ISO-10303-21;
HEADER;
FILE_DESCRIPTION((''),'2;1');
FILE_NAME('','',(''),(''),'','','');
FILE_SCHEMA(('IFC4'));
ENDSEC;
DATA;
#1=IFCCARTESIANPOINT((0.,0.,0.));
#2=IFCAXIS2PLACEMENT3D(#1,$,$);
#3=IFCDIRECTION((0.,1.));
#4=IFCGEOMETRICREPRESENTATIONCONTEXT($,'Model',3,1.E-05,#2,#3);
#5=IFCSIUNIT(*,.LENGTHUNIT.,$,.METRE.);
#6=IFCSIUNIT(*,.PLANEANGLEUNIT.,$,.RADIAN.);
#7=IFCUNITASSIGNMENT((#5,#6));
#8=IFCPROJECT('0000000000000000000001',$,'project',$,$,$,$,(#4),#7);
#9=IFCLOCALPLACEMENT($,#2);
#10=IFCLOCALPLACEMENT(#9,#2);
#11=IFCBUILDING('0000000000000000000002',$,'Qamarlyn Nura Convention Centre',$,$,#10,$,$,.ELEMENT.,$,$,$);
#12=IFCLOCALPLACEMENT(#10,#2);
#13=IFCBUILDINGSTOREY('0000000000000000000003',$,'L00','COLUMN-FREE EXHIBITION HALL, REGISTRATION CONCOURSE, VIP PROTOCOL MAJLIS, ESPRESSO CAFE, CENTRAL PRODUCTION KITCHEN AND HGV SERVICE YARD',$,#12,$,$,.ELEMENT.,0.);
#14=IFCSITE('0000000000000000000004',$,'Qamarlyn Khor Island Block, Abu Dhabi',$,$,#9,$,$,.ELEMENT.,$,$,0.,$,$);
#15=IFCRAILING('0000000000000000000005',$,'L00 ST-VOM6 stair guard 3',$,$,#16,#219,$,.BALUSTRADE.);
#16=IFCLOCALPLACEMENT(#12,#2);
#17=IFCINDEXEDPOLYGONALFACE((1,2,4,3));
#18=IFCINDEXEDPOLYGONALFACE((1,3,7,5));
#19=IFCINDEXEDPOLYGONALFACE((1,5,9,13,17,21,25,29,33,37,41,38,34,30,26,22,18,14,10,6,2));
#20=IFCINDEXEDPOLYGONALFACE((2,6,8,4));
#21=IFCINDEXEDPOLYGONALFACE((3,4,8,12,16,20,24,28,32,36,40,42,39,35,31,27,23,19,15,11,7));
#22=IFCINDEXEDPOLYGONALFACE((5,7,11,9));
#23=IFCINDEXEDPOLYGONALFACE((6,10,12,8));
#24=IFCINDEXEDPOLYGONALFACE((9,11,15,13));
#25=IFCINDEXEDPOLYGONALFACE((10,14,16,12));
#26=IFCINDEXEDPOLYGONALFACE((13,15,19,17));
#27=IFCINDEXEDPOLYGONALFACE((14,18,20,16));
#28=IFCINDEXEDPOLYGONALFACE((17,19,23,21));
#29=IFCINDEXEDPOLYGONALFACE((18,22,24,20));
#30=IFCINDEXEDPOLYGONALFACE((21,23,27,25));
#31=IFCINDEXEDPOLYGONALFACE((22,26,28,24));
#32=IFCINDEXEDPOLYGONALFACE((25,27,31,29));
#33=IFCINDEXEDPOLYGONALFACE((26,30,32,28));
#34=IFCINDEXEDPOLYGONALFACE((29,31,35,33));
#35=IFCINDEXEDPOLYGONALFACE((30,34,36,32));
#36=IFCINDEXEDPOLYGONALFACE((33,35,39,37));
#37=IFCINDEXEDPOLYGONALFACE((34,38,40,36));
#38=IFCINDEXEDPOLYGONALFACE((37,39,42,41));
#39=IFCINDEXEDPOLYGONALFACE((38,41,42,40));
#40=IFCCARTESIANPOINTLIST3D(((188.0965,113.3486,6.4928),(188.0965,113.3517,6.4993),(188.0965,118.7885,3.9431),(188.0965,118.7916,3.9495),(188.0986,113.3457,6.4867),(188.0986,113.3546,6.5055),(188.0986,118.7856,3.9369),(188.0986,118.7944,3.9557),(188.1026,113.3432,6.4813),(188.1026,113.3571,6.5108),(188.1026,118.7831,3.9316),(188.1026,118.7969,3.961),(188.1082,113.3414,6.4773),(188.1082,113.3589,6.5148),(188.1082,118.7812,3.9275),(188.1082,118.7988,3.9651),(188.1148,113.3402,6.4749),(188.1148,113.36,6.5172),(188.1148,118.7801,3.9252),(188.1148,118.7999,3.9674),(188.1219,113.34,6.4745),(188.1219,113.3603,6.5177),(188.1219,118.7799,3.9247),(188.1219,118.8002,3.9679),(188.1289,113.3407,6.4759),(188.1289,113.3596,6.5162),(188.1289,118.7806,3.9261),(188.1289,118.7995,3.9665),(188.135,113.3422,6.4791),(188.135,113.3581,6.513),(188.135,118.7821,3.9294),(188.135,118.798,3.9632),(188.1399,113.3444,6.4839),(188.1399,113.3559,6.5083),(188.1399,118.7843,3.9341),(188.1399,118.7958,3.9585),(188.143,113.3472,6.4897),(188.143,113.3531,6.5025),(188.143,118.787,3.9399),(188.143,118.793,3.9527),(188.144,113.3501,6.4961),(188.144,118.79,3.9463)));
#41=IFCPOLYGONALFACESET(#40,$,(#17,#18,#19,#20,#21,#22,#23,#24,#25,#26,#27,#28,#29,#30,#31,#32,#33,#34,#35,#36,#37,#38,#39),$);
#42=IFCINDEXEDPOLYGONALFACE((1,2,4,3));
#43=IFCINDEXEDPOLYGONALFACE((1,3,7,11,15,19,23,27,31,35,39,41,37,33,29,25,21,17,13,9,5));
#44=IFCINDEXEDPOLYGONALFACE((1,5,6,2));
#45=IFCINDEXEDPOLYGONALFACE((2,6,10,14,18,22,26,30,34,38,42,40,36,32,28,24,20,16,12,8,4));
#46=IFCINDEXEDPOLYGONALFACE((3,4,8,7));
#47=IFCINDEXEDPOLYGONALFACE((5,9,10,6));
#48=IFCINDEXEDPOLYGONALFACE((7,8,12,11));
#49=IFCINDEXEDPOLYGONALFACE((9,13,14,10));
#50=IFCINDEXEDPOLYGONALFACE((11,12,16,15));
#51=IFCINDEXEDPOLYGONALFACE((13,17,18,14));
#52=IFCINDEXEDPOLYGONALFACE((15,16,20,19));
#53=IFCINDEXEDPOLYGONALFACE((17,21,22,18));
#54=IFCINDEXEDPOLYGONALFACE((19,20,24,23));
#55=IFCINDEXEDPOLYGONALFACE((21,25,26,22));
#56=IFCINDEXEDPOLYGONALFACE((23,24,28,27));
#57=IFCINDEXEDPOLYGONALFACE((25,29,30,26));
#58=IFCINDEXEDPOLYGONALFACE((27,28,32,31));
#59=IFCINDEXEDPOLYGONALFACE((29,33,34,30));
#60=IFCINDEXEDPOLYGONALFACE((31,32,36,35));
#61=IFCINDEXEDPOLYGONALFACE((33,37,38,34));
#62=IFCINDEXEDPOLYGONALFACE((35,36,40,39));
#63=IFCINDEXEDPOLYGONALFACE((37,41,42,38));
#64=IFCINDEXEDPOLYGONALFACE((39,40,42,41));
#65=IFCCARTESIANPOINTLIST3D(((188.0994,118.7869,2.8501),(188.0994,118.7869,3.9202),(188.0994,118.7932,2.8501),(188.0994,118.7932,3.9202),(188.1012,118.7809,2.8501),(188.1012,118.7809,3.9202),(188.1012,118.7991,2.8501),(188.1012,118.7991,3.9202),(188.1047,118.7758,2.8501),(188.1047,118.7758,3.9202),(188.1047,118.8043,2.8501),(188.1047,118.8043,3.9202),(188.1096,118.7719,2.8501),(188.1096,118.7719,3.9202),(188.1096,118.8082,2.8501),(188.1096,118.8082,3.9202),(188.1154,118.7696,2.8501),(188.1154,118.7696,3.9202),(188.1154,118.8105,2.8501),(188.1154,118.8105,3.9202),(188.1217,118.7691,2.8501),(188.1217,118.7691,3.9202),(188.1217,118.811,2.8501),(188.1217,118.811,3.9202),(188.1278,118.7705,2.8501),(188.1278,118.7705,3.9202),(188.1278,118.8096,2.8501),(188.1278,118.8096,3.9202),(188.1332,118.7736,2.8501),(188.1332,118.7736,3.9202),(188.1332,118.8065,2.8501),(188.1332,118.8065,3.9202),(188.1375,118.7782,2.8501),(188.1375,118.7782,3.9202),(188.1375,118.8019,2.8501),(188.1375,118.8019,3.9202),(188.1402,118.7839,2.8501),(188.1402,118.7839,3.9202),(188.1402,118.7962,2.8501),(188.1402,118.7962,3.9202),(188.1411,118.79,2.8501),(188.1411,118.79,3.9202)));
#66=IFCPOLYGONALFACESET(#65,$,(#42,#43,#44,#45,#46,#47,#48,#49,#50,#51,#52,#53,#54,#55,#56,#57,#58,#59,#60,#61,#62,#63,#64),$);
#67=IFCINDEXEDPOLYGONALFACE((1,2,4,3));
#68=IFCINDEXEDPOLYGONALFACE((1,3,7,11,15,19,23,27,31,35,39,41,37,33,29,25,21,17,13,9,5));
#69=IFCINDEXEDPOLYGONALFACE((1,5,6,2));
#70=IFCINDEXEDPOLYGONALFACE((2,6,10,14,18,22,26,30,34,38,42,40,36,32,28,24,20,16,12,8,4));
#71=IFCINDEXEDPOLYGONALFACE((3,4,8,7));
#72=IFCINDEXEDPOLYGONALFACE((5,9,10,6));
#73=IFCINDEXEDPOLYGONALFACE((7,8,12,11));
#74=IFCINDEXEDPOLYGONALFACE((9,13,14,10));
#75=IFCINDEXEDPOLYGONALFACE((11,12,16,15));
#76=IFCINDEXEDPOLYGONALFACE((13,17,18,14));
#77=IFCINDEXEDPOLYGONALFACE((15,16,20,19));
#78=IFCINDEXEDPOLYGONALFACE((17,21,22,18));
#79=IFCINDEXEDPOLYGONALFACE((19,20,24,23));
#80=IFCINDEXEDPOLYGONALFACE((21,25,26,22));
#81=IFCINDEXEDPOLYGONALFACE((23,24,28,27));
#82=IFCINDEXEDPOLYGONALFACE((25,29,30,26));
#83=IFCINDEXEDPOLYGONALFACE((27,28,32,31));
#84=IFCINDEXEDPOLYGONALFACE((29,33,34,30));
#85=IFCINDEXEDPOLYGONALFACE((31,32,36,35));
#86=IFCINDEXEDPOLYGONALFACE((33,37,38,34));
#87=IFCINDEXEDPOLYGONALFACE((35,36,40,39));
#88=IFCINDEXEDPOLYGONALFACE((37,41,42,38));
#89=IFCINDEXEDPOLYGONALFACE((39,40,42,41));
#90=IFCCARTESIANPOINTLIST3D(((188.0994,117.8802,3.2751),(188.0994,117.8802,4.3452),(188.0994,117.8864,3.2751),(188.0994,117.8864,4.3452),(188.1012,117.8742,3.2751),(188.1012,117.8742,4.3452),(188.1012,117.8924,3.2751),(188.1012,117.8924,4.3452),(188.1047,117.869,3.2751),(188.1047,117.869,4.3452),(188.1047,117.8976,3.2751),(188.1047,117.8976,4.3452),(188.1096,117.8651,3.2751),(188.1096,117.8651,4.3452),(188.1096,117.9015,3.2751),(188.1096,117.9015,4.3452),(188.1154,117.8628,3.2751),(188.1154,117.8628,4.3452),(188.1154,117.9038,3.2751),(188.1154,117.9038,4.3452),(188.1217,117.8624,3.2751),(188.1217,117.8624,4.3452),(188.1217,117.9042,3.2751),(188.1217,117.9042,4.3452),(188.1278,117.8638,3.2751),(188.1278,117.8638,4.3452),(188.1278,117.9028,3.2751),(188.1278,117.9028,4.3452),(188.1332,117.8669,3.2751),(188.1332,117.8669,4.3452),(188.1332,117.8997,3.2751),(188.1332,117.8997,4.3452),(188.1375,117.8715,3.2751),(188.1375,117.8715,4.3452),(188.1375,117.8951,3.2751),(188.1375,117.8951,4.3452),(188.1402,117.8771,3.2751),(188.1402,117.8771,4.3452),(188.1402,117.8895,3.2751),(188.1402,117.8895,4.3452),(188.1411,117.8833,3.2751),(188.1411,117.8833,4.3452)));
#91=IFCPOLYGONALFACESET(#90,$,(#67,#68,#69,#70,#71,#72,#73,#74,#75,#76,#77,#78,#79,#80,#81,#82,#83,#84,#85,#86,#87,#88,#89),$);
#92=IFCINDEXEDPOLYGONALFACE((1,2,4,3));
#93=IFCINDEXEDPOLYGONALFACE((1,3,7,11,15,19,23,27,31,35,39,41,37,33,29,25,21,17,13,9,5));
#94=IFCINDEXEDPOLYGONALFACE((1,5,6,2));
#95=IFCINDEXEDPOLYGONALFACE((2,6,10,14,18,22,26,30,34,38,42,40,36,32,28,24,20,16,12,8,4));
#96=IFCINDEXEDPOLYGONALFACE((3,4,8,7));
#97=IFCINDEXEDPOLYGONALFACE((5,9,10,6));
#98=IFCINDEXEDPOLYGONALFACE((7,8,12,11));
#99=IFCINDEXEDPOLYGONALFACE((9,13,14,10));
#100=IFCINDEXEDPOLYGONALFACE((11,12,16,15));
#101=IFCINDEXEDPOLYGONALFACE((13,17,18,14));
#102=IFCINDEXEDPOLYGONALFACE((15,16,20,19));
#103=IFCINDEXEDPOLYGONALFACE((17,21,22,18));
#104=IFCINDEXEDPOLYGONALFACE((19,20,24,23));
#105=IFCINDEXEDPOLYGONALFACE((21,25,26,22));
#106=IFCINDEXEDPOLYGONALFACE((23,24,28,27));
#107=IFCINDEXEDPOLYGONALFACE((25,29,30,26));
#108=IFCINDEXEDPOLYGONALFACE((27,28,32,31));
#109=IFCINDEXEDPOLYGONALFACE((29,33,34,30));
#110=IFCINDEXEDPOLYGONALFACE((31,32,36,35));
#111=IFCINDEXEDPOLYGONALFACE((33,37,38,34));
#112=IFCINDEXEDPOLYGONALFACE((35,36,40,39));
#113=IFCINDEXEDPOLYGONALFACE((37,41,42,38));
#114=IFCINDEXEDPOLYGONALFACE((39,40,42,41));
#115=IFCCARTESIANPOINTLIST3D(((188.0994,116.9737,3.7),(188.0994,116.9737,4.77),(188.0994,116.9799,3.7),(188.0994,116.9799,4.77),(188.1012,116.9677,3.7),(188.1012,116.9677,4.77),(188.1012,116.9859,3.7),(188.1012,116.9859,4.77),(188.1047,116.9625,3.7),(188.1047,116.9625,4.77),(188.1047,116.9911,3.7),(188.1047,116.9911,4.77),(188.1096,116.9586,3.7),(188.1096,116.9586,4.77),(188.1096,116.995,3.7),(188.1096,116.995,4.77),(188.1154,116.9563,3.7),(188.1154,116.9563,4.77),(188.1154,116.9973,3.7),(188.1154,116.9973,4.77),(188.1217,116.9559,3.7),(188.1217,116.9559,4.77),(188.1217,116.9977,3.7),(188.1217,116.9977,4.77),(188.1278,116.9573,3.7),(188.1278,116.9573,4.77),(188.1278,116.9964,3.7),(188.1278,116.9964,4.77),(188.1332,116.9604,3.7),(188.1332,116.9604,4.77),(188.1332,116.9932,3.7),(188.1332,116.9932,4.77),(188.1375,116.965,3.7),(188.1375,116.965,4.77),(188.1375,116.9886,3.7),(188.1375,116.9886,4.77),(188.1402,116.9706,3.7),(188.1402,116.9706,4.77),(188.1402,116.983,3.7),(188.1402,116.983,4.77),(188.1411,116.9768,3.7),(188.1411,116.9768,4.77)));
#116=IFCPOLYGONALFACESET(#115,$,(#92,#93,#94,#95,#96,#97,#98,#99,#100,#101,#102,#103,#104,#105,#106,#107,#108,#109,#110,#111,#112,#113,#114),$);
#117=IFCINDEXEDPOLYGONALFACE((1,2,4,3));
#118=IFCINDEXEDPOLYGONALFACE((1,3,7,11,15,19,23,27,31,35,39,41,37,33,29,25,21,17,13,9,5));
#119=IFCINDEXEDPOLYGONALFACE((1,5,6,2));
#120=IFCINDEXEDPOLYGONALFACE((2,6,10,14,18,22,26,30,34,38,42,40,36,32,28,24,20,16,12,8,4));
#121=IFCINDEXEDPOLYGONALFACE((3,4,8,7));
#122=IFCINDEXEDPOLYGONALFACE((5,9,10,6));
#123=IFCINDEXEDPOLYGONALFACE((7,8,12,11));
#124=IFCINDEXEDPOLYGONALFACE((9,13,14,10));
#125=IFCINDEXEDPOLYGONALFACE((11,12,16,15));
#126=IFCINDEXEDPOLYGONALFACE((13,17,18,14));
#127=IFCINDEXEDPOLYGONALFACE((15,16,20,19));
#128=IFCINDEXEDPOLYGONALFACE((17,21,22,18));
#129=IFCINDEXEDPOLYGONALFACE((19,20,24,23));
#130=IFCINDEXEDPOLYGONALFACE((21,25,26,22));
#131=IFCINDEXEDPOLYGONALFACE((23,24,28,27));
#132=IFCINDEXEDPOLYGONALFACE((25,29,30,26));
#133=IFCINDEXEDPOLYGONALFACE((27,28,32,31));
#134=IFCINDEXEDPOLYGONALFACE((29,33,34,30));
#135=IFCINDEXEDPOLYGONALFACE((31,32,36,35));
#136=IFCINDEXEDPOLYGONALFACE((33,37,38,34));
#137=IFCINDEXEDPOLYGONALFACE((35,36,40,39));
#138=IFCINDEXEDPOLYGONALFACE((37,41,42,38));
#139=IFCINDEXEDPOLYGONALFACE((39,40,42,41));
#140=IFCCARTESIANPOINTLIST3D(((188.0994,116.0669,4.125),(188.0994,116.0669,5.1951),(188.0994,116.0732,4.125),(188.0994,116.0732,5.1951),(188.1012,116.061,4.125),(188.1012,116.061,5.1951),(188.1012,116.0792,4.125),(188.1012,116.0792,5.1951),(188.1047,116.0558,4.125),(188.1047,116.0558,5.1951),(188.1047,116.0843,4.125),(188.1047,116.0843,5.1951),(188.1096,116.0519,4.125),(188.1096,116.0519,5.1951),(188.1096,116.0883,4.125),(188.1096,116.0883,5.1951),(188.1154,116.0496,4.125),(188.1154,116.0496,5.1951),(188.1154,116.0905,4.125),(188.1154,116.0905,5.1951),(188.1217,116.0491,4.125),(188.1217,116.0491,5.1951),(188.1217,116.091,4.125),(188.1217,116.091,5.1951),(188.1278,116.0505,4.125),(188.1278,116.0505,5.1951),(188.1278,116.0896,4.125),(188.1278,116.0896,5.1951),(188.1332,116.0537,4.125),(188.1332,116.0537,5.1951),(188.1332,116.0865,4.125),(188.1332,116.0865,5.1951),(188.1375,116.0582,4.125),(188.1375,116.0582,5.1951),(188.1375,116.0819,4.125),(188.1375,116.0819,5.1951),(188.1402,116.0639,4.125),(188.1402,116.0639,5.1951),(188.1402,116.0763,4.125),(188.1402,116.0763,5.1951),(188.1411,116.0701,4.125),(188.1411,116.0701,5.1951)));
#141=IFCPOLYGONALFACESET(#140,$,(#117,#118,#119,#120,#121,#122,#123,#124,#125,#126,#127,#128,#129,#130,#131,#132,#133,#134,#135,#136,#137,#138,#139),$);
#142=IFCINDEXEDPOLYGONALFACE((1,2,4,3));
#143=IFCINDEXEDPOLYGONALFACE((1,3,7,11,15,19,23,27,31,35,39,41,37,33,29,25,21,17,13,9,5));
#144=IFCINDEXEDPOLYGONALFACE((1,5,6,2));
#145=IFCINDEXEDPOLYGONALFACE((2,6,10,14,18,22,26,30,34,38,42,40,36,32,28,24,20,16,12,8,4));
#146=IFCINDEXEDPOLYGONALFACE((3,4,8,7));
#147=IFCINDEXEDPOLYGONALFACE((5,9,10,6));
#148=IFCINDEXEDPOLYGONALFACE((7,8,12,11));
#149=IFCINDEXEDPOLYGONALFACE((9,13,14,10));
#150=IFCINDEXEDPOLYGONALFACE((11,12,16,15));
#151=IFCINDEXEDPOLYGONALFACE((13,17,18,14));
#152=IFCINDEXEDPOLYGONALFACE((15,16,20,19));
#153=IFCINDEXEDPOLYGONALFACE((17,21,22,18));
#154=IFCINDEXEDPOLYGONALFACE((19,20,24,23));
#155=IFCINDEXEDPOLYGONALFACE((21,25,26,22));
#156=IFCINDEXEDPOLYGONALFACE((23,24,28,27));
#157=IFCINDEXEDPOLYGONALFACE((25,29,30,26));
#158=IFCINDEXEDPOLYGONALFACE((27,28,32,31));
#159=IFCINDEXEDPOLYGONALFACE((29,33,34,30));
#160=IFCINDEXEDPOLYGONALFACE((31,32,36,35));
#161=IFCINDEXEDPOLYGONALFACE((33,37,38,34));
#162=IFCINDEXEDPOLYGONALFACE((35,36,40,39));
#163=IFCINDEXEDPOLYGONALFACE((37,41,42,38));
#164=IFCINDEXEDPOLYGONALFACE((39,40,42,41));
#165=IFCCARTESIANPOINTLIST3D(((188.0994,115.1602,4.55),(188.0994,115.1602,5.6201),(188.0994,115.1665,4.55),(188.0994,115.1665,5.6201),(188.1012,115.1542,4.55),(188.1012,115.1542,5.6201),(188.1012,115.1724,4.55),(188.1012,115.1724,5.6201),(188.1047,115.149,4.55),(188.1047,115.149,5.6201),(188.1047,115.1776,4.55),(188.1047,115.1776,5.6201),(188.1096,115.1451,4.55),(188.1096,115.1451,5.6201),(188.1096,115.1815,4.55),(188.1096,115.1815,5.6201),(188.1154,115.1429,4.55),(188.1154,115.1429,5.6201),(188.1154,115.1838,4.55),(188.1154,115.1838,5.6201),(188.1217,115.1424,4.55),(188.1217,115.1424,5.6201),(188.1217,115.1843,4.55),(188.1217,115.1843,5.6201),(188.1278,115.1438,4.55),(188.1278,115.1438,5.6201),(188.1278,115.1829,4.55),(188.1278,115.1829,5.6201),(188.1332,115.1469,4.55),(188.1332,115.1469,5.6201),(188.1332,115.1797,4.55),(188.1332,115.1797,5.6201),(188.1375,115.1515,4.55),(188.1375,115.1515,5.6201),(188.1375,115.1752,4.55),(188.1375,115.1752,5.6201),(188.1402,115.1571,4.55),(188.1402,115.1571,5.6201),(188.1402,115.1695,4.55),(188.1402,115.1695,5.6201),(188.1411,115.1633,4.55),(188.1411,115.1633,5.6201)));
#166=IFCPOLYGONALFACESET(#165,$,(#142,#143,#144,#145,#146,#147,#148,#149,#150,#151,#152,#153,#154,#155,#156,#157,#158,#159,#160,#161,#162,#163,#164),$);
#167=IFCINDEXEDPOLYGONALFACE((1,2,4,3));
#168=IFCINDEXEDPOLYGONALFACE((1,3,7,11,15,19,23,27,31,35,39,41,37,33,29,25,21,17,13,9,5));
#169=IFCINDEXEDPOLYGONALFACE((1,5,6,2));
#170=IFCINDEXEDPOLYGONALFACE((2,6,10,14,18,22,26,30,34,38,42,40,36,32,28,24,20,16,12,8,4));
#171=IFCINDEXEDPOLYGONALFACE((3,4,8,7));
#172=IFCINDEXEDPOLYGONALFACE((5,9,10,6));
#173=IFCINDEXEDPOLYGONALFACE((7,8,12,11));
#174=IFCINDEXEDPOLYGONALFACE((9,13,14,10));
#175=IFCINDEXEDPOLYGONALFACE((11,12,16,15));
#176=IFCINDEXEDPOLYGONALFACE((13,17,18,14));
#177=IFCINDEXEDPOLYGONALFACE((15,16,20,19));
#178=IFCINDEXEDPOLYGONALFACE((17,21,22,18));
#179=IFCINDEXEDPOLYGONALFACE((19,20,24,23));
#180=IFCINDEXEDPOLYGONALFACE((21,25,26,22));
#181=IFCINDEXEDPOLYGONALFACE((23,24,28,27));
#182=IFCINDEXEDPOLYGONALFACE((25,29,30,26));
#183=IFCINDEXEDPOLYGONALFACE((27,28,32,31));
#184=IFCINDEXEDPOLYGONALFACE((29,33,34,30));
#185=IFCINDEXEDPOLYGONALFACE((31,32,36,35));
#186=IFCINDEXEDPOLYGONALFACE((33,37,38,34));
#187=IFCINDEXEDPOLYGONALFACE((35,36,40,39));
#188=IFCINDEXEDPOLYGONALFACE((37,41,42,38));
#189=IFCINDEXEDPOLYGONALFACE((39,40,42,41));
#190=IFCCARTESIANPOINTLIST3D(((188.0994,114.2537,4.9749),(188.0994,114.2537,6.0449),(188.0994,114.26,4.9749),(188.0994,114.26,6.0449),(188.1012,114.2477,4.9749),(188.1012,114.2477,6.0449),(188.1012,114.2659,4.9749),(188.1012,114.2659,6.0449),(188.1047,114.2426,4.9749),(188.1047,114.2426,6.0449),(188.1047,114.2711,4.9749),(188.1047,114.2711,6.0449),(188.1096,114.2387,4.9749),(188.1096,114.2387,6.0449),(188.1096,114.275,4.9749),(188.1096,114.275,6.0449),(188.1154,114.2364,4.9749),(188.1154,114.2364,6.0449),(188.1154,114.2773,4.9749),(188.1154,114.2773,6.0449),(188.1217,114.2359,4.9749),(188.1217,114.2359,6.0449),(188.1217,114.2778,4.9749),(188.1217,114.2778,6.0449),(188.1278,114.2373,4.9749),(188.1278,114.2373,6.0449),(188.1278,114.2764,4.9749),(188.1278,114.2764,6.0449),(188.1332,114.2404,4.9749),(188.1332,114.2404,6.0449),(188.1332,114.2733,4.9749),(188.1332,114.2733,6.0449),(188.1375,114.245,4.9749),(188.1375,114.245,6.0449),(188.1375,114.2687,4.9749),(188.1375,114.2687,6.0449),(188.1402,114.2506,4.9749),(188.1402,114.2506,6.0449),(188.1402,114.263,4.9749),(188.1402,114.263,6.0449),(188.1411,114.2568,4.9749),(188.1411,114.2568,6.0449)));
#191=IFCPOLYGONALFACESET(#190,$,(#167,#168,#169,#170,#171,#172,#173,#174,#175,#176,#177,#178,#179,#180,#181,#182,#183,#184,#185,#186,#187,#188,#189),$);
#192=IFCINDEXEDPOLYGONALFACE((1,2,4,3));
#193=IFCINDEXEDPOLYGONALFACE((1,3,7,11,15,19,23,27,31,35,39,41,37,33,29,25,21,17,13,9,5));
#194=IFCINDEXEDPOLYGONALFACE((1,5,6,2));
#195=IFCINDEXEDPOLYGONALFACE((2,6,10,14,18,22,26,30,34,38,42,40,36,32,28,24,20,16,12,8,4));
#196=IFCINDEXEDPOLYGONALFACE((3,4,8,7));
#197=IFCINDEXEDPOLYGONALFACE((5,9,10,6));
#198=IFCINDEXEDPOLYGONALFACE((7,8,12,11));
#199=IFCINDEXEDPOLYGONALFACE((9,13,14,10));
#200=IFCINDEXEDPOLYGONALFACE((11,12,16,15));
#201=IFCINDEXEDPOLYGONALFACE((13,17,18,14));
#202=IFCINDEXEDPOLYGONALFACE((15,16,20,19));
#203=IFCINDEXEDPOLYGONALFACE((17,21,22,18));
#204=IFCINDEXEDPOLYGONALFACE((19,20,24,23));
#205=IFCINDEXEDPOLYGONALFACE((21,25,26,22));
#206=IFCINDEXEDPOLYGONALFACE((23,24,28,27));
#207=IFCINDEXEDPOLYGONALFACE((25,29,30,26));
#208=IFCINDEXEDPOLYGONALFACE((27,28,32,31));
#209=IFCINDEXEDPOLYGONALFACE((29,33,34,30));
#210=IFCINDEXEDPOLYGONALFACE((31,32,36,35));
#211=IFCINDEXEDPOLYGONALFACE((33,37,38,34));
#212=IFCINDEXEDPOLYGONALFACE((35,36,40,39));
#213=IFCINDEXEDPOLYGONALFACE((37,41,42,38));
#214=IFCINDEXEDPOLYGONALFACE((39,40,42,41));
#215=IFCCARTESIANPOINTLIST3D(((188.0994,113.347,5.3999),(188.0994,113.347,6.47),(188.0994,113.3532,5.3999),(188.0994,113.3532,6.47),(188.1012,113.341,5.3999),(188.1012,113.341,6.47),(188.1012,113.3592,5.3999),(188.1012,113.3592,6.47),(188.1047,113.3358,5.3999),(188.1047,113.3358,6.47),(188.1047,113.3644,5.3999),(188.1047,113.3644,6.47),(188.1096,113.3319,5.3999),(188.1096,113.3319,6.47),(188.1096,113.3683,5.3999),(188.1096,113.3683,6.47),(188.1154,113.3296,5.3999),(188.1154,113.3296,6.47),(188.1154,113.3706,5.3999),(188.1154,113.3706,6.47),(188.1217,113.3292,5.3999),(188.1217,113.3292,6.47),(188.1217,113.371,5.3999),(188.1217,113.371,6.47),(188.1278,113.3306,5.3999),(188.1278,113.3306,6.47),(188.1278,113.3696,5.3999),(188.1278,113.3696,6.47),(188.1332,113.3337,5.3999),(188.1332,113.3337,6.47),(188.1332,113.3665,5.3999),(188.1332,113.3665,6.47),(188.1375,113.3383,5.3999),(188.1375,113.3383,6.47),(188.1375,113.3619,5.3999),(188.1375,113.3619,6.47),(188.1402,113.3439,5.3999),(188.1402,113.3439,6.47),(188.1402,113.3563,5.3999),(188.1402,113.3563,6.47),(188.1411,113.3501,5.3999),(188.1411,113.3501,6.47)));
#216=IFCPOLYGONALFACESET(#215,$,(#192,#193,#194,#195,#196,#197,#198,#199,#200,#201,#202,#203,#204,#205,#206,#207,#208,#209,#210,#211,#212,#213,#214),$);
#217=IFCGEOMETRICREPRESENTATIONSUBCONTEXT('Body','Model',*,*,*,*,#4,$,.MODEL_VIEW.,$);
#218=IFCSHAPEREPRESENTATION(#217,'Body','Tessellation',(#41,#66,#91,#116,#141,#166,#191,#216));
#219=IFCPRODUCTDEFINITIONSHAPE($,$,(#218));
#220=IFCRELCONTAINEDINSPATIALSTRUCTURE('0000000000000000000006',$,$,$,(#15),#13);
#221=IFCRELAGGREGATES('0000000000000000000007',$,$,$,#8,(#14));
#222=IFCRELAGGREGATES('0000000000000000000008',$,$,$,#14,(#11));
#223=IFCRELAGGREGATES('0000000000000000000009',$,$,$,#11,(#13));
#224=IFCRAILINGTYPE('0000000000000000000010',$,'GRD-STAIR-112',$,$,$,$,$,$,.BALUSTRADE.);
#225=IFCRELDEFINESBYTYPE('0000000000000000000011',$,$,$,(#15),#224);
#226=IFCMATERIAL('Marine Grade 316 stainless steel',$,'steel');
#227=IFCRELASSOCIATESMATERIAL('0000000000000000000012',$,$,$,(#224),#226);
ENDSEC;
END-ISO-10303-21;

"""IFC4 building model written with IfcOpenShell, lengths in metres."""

from ifc_helpers import new_model, si_unit, direction, frame, origin, origin_2d, place, context, subcontext, project, spatial, circle, extrude, material, type_object, element, save


model = new_model("IFC4")

# Units and contexts
model_context = context("Model", 3, precision=1e-05, world=origin(), true_north=direction((0.0, 1.0)))
body_context = subcontext(model_context, "Body", "Model", "MODEL_VIEW")
ifc_project = project(units=[si_unit("LENGTHUNIT", "METRE"), si_unit("PLANEANGLEUNIT", "RADIAN")], contexts=[model_context])

# Site, building, storey
site_placement = place(None, origin())
site = spatial("IfcSite", under=ifc_project, at=site_placement, Name="Qamarlyn Khor Island Block, Abu Dhabi", CompositionType="ELEMENT", RefElevation=0.0)
building_placement = place(site_placement, origin())
building = spatial("IfcBuilding", under=site, at=building_placement, Name="Qamarlyn Nura Convention Centre", CompositionType="ELEMENT")
storey_placement = place(building_placement, origin())
storey = spatial("IfcBuildingStorey", under=building, at=storey_placement, Name="L00", Description="COLUMN-FREE EXHIBITION HALL, REGISTRATION CONCOURSE, VIP PROTOCOL MAJLIS, ESPRESSO CAFE, CENTRAL PRODUCTION KITCHEN AND HGV SERVICE YARD", CompositionType="ELEMENT", Elevation=0.0)

# Railing
ifc_material_1 = material(Name="Marine Grade 316 stainless steel", Category="steel")
railing_type_1 = type_object("IfcRailingType", Name="GRD-STAIR-112", PredefinedType="BALUSTRADE", material=ifc_material_1)
railing_1_placement = place(storey_placement, frame((188.1201, 118.79, 2.8501)))
element("IfcRailing", 1, at=railing_1_placement, inside=storey, type_object=railing_type_1, Name="L00 ST-VOM6 stair guard 3", PredefinedType="BALUSTRADE", context=body_context, shape_type="SweptSolid", body=[
    extrude(circle(Radius=0.0239, at=origin_2d()), frame((0.0, 0.0, 1.0962), z_axis=(0.0, -0.90547, 0.424411), x_axis=(1.0, 0.0, 0.0)), (0.0, 0.0, 1.0), 6.0078),
    extrude(circle(Radius=0.021, at=origin_2d()), origin(), (0.0, 0.0, 1.0), 1.0701),
    extrude(circle(Radius=0.021, at=origin_2d()), frame((0.0, -0.9067, 0.425)), (0.0, 0.0, 1.0), 1.0701),
    extrude(circle(Radius=0.021, at=origin_2d()), frame((0.0, -1.8132, 0.8499)), (0.0, 0.0, 1.0), 1.0701),
    extrude(circle(Radius=0.021, at=origin_2d()), frame((0.0, -2.72, 1.2749)), (0.0, 0.0, 1.0), 1.0701),
    extrude(circle(Radius=0.021, at=origin_2d()), frame((0.0, -3.6267, 1.7)), (0.0, 0.0, 1.0), 1.0701),
    extrude(circle(Radius=0.021, at=origin_2d()), frame((0.0, -4.5332, 2.1248)), (0.0, 0.0, 1.0), 1.0701),
    extrude(circle(Radius=0.021, at=origin_2d()), frame((0.0, -5.4399, 2.5498)), (0.0, 0.0, 1.0), 1.0701),
])

save(model, "model.ifc")
